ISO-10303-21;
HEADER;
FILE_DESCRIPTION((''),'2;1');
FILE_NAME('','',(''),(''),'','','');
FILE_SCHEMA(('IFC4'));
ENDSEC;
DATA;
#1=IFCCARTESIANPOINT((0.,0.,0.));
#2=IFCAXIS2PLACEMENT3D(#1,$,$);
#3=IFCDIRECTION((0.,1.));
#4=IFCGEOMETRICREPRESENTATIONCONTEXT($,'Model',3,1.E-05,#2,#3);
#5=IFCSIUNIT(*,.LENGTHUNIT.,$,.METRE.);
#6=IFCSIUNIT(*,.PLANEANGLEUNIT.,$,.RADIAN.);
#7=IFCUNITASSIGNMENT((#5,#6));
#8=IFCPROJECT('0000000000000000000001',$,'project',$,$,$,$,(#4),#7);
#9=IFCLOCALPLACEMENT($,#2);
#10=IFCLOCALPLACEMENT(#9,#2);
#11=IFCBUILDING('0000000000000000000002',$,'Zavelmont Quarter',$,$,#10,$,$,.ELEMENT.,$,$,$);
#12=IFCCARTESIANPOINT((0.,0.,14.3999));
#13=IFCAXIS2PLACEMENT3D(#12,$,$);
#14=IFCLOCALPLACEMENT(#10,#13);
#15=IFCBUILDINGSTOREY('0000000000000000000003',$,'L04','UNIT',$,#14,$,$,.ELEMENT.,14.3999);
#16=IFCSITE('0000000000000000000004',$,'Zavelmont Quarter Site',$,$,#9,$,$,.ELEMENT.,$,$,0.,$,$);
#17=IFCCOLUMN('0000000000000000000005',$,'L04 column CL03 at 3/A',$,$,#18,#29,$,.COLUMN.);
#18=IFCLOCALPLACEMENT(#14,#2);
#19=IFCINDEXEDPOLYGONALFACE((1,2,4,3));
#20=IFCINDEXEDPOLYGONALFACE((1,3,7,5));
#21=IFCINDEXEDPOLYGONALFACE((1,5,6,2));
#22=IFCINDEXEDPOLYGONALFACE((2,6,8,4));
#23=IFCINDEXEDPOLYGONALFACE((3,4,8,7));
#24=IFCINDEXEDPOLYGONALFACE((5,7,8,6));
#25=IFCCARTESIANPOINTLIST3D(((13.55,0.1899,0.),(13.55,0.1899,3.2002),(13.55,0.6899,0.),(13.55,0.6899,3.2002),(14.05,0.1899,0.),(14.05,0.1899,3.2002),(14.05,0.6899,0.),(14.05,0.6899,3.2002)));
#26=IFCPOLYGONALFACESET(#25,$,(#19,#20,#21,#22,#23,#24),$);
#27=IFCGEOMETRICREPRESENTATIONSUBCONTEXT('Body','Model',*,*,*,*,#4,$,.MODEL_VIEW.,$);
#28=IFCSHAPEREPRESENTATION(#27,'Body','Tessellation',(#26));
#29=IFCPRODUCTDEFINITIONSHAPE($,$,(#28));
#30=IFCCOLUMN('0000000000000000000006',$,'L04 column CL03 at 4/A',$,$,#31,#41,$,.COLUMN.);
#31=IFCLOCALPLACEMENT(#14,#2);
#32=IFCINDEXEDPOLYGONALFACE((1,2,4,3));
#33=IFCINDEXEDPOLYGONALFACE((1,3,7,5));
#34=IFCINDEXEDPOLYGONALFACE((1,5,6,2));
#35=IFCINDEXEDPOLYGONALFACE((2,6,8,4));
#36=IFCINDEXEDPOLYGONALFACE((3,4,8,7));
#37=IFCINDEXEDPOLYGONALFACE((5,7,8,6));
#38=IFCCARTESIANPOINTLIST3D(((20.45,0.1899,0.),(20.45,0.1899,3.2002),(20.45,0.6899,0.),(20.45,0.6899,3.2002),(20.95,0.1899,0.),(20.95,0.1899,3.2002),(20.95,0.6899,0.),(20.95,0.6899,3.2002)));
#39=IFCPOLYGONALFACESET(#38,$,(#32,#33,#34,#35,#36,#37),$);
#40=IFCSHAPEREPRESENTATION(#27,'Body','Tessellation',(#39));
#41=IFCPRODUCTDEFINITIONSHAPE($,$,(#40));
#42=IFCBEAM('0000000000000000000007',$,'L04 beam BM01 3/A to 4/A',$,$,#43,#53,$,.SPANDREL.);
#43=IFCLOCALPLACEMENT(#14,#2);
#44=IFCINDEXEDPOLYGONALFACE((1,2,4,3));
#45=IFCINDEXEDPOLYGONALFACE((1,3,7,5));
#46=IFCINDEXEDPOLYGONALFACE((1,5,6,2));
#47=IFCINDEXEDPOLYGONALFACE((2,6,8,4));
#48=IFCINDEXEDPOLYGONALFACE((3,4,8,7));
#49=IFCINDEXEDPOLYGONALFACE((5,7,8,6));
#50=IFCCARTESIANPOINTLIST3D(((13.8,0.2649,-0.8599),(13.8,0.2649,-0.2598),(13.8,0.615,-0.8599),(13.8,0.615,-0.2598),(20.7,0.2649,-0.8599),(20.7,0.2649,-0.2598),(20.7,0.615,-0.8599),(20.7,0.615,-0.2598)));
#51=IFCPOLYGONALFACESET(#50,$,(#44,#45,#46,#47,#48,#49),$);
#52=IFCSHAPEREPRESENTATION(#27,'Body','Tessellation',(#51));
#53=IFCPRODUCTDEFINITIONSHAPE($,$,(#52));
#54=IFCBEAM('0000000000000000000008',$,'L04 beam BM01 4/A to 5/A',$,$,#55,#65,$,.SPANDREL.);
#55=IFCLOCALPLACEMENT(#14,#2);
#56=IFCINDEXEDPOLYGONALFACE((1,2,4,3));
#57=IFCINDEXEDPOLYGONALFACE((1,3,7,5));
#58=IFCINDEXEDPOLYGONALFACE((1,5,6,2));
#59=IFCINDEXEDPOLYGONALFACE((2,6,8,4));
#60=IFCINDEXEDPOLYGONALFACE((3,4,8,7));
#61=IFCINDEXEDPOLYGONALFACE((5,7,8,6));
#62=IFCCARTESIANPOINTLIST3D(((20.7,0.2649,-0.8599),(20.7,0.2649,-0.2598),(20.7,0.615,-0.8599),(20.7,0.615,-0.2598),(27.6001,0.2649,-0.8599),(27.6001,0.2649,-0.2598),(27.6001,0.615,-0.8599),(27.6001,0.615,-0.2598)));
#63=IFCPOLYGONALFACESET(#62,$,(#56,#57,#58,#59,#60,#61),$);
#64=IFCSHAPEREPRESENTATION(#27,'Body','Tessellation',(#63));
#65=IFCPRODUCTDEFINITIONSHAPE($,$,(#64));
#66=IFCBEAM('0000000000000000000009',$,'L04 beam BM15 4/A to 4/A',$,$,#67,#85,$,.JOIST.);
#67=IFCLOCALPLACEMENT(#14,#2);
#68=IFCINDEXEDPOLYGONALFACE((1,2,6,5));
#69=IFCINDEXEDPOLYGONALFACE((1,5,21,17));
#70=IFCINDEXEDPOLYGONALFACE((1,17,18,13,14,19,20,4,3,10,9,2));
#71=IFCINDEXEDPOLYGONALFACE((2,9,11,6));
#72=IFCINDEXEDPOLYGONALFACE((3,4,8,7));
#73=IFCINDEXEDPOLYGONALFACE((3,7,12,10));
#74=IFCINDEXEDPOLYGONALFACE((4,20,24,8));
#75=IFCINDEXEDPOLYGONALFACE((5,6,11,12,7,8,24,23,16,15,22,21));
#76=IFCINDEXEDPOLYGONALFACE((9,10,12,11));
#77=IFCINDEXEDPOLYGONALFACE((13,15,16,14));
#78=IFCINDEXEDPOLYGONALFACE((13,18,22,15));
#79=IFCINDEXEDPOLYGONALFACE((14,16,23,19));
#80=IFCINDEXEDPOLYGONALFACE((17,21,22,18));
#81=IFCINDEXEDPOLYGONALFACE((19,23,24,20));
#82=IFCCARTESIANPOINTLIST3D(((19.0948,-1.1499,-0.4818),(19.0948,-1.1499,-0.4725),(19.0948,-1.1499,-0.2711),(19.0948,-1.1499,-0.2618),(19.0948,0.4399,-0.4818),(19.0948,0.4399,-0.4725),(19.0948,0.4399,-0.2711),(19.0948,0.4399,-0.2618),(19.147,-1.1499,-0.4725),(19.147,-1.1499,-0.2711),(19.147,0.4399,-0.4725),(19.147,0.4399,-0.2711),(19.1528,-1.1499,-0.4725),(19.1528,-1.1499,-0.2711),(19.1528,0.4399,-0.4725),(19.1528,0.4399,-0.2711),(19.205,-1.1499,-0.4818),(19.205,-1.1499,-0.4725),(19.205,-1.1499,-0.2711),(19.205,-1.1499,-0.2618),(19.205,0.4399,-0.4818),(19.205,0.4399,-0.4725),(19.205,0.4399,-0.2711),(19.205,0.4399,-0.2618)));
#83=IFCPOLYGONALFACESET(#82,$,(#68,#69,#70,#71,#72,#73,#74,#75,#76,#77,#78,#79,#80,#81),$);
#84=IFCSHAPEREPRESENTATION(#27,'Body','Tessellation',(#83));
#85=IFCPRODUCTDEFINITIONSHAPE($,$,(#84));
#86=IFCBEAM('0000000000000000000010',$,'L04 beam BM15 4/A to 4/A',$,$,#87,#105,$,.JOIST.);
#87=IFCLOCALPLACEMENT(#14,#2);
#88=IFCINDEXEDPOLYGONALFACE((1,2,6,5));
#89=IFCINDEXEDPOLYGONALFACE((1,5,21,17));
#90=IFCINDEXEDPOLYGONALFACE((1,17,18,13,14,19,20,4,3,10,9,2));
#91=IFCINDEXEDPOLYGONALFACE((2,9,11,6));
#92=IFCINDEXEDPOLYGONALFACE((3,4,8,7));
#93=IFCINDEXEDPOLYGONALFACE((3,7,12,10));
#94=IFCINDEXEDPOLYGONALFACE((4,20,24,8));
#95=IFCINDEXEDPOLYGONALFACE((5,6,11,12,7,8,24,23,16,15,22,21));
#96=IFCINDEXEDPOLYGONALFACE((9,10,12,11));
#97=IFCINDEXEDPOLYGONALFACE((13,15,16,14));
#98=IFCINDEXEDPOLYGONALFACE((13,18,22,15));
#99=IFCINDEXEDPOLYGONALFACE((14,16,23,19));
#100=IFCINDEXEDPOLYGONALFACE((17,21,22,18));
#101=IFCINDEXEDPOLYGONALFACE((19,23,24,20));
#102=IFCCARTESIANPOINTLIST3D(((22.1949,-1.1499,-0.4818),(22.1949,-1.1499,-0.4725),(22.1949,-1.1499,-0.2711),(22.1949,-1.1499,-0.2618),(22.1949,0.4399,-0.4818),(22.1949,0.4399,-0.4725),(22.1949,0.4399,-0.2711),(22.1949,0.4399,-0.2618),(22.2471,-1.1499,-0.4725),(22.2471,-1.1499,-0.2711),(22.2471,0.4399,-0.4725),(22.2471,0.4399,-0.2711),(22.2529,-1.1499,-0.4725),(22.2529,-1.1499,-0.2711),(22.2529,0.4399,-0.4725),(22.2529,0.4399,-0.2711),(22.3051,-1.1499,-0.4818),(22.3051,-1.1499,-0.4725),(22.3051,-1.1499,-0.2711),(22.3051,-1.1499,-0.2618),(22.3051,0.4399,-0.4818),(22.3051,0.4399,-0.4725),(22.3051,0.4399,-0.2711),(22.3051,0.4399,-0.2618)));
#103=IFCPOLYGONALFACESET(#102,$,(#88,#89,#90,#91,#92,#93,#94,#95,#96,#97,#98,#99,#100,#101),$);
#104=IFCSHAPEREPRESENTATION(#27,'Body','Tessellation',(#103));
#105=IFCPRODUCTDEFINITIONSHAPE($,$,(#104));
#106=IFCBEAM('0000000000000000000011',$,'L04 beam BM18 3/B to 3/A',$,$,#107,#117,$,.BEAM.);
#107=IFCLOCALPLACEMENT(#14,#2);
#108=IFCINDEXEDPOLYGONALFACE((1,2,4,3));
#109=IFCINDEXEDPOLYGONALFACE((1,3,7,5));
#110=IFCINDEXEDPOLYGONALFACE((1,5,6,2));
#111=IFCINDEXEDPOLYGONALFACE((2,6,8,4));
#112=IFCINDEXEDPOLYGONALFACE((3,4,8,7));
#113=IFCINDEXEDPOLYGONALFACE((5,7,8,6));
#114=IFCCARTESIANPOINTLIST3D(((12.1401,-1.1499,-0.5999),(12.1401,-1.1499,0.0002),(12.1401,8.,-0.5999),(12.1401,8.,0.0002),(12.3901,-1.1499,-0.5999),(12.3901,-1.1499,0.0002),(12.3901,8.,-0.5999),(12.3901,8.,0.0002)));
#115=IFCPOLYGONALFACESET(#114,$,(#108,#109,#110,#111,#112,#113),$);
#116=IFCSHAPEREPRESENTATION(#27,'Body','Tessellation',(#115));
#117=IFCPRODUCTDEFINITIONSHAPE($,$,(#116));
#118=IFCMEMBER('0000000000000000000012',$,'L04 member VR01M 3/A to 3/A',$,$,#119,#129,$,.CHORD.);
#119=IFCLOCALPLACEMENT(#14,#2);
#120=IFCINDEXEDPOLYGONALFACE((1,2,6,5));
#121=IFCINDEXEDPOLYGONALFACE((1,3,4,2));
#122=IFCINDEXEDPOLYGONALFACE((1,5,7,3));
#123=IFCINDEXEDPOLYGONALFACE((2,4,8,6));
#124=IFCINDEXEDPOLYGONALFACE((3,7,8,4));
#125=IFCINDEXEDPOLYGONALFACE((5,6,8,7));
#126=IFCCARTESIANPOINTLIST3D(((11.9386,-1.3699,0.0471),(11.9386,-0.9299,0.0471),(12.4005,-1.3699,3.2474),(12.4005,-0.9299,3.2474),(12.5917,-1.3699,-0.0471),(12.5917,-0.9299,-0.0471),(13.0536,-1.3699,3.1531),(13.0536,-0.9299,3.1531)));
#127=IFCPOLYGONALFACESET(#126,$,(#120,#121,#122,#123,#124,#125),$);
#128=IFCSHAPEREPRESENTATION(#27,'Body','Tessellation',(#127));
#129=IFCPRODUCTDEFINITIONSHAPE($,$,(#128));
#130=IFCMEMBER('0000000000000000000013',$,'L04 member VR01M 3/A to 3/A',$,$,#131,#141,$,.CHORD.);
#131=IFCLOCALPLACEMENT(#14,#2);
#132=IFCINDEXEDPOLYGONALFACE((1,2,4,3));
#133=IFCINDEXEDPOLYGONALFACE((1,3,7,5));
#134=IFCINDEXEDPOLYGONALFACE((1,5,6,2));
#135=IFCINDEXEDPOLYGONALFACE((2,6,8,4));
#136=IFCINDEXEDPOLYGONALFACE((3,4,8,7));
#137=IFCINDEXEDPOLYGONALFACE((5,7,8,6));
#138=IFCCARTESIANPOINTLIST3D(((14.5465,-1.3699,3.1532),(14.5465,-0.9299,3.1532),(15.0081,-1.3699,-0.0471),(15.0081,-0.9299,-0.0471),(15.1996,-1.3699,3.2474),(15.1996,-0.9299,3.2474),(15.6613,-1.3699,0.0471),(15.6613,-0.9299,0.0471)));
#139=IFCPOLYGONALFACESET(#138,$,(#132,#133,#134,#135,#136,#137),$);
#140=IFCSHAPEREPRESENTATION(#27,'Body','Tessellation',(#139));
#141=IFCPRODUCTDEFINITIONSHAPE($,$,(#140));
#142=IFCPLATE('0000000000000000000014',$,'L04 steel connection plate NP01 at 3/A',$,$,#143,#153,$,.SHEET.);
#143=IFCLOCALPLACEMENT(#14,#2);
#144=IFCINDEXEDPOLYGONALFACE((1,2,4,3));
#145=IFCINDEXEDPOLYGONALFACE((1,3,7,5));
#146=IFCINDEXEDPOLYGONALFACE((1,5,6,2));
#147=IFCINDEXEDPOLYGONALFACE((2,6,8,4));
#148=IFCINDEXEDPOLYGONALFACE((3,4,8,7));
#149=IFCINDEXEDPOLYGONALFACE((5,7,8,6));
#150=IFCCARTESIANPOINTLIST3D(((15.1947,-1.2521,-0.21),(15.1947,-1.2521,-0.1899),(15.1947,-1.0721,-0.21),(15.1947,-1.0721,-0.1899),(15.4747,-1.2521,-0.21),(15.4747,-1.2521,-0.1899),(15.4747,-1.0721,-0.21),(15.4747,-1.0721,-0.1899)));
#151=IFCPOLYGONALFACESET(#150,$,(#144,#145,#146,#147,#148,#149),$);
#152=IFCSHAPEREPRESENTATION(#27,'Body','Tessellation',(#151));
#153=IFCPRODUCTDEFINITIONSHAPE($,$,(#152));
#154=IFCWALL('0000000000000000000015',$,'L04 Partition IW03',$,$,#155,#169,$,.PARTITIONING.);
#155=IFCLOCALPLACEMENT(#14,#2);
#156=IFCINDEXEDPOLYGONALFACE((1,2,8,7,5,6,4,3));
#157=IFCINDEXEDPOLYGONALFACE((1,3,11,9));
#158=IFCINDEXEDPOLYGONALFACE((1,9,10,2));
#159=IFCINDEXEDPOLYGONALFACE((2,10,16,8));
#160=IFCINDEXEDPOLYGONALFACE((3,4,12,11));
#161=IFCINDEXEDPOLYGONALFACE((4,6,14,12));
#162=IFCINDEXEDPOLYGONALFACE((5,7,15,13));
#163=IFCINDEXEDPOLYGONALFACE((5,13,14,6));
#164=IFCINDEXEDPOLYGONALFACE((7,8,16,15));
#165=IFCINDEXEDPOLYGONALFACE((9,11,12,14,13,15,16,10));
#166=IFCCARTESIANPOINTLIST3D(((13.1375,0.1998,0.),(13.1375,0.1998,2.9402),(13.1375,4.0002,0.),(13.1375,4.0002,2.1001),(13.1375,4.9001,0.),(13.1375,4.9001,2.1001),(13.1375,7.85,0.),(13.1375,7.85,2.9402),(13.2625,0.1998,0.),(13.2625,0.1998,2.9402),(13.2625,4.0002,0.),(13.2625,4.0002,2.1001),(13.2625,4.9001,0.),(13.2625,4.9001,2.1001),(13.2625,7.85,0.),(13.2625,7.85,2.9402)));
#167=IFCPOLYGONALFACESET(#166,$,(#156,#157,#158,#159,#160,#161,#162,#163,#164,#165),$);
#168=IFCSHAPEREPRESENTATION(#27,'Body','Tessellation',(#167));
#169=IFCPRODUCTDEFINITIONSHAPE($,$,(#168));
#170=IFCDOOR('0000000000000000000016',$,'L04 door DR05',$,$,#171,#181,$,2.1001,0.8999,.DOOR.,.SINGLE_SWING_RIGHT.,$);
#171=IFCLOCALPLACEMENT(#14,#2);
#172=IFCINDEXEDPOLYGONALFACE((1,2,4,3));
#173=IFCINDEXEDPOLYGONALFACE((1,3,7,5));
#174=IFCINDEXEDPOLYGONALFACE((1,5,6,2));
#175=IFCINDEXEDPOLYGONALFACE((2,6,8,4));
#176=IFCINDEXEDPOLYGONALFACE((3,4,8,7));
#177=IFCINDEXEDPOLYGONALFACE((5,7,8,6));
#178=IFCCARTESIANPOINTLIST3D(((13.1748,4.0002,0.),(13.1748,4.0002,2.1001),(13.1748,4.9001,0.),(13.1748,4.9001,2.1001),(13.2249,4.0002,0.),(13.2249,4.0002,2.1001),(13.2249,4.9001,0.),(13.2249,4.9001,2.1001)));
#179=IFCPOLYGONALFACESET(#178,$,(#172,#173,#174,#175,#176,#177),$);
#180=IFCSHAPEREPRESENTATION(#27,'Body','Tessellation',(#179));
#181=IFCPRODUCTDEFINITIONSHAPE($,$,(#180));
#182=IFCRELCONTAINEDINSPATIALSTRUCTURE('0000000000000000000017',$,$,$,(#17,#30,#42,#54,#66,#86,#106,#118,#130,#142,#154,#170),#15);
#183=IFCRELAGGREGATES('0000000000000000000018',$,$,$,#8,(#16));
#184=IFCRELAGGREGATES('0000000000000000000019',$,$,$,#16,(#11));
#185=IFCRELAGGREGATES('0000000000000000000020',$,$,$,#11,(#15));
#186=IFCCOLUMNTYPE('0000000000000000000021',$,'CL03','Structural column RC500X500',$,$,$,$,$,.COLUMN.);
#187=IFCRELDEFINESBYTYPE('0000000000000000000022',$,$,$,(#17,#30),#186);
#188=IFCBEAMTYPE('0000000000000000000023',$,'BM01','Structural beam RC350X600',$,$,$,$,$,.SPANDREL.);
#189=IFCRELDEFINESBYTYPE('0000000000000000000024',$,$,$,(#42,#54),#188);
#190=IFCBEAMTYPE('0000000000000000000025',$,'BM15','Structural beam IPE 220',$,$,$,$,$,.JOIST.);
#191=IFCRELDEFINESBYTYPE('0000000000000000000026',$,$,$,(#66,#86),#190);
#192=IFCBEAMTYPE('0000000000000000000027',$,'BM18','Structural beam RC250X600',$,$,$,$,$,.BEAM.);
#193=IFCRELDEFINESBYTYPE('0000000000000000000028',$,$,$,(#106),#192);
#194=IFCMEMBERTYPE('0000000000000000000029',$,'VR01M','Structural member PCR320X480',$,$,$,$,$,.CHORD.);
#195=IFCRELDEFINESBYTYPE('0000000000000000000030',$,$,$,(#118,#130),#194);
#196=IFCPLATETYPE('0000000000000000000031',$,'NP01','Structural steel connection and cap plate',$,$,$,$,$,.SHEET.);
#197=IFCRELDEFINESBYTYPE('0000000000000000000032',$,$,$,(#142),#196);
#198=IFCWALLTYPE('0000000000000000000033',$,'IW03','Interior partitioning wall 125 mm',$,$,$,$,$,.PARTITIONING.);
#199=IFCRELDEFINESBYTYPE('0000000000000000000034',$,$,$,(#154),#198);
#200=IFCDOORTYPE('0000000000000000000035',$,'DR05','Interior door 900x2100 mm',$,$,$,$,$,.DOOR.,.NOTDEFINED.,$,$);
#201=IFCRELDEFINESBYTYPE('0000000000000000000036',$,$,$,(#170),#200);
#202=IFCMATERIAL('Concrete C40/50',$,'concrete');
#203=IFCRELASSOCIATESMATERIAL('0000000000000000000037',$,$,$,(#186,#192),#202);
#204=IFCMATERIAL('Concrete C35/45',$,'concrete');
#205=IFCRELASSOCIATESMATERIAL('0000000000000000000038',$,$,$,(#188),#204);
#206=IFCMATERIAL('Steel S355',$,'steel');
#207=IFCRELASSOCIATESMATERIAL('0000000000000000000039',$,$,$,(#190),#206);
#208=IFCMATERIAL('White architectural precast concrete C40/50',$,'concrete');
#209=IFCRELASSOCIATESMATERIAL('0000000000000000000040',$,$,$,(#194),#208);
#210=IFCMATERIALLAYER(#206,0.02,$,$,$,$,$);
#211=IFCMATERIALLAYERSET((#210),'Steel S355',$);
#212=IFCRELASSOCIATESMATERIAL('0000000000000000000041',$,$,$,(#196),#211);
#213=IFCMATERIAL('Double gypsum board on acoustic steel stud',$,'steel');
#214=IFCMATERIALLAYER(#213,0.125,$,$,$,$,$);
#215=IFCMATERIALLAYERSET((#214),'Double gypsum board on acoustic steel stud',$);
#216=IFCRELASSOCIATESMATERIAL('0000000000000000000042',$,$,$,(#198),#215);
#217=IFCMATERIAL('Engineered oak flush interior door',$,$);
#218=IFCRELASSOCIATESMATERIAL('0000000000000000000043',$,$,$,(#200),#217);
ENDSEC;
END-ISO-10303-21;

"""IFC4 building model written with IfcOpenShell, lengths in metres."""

from ifc_helpers import new_model, si_unit, direction, frame, frame_2d, origin, origin_with_axes, origin_2d, place, context, subcontext, project, spatial, rectangle, i_section, extrude, material, layer, layer_set, material_profile, profile_set, type_object, element, fill, save


model = new_model("IFC4")

# Units and contexts
model_context = context("Model", 3, precision=1e-05, world=origin(), true_north=direction((0.0, 1.0)))
body_context = subcontext(model_context, "Body", "Model", "MODEL_VIEW")
ifc_project = project(units=[si_unit("LENGTHUNIT", "METRE"), si_unit("PLANEANGLEUNIT", "RADIAN")], contexts=[model_context])

# Site, building, storey
site_placement = place(None, origin())
site = spatial("IfcSite", under=ifc_project, at=site_placement, Name="Zavelmont Quarter Site", CompositionType="ELEMENT", RefElevation=0.0)
building_placement = place(site_placement, origin())
building = spatial("IfcBuilding", under=site, at=building_placement, Name="Zavelmont Quarter", CompositionType="ELEMENT")
storey_placement = place(building_placement, frame((0.0, 0.0, 14.3999)))
storey = spatial("IfcBuildingStorey", under=building, at=storey_placement, Name="L04", Description="UNIT", CompositionType="ELEMENT", Elevation=14.3999)

# Columns
ifc_material_1 = material(Name="Concrete C40/50", Category="concrete")
ifc_material_profile_1 = material_profile(ifc_material_1, rectangle(XDim=0.5, YDim=0.5, at=origin_2d()), Name="RC500X500")
ifc_profile_set_1 = profile_set([ifc_material_profile_1], Name="Concrete C40/50")
column_type = type_object("IfcColumnType", Name="CL03", Description="Structural column RC500X500", PredefinedType="COLUMN", material=ifc_profile_set_1)
for number, where, z_axis, x_axis, name in (
    (1, (13.8, 0.4399, 0.0), (0.0, 0.0, 1.0), (1.0, 0.0, 0.0), "L04 column CL03 at 3/A"),
    (2, (20.7, 0.4399, 0.0), (0.0, 0.0, 1.0), (1.0, 0.0, 0.0), "L04 column CL03 at 4/A"),
):
    element("IfcColumn", number, at=place(storey_placement, frame(where, z_axis=z_axis, x_axis=x_axis)), inside=storey, type_object=column_type, Name=name, PredefinedType="COLUMN", context=body_context, shape_type="SweptSolid", body=[
        extrude(rectangle(XDim=0.5, YDim=0.5, at=origin_2d()), origin(), (0.0, 0.0, 1.0), 3.2002),
    ])

# Beams
ifc_material_2 = material(Name="Concrete C35/45", Category="concrete")
ifc_material_profile_2 = material_profile(ifc_material_2, rectangle(XDim=0.3501, YDim=0.6001, at=origin_2d()), Name="RC350X600")
ifc_profile_set_2 = profile_set([ifc_material_profile_2], Name="Concrete C35/45")
beam_type_1 = type_object("IfcBeamType", Name="BM01", Description="Structural beam RC350X600", PredefinedType="SPANDREL", material=ifc_profile_set_2)
beam_1_placement = place(storey_placement, frame((13.8, 0.4399, -0.5598), z_axis=(1.0, 0.0, 0.0), x_axis=(0.0, 1.0, 0.0)))
element("IfcBeam", 3, at=beam_1_placement, inside=storey, type_object=beam_type_1, Name="L04 beam BM01 3/A to 4/A", PredefinedType="SPANDREL", context=body_context, shape_type="SweptSolid", body=[
    extrude(rectangle(XDim=0.3501, YDim=0.6001, at=origin_2d()), origin(), (0.0, 0.0, 1.0), 6.8999),
])
beam_2_placement = place(storey_placement, frame((20.7, 0.4399, -0.5598), z_axis=(1.0, 0.0, 0.0), x_axis=(0.0, 1.0, 0.0)))
element("IfcBeam", 4, at=beam_2_placement, inside=storey, type_object=beam_type_1, Name="L04 beam BM01 4/A to 5/A", PredefinedType="SPANDREL", context=body_context, shape_type="SweptSolid", body=[
    extrude(rectangle(XDim=0.3501, YDim=0.6001, at=origin_2d()), origin(), (0.0, 0.0, 1.0), 6.9001),
])
ifc_material_3 = material(Name="Steel S355", Category="steel")
ifc_material_profile_3 = material_profile(ifc_material_3, i_section(OverallWidth=0.1101, OverallDepth=0.22, WebThickness=0.0059, FlangeThickness=0.0093, at=origin_2d()), Name="IPE 220")
ifc_profile_set_3 = profile_set([ifc_material_profile_3], Name="Steel S355")
beam_type_2 = type_object("IfcBeamType", Name="BM15", Description="Structural beam IPE 220", PredefinedType="JOIST", material=ifc_profile_set_3)
for number, where, z_axis, x_axis, name in (
    (5, (19.1499, 0.4399, -0.3718), (0.0, -1.0, 0.0), (1.0, 0.0, 0.0), "L04 beam BM15 4/A to 4/A"),
    (6, (22.25, 0.4399, -0.3718), (0.0, -1.0, 0.0), (1.0, 0.0, 0.0), "L04 beam BM15 4/A to 4/A"),
):
    element("IfcBeam", number, at=place(storey_placement, frame(where, z_axis=z_axis, x_axis=x_axis)), inside=storey, type_object=beam_type_2, Name=name, PredefinedType="JOIST", context=body_context, shape_type="SweptSolid", body=[
        extrude(i_section(OverallWidth=0.1101, OverallDepth=0.22, WebThickness=0.0059, FlangeThickness=0.0093, at=origin_2d()), origin(), (0.0, 0.0, 1.0), 1.5898),
    ])
ifc_material_profile_4 = material_profile(ifc_material_1, rectangle(XDim=0.25, YDim=0.6001, at=origin_2d()), Name="RC250X600")
ifc_profile_set_4 = profile_set([ifc_material_profile_4], Name="Concrete C40/50")
beam_type_3 = type_object("IfcBeamType", Name="BM18", Description="Structural beam RC250X600", PredefinedType="BEAM", material=ifc_profile_set_4)
beam_3_placement = place(storey_placement, frame((12.2651, 8.0, -0.2998), z_axis=(0.0, -1.0, 0.0), x_axis=(1.0, 0.0, 0.0)))
element("IfcBeam", 7, at=beam_3_placement, inside=storey, type_object=beam_type_3, Name="L04 beam BM18 3/B to 3/A", PredefinedType="BEAM", context=body_context, shape_type="SweptSolid", body=[
    extrude(rectangle(XDim=0.25, YDim=0.6001, at=origin_2d()), origin(), (0.0, 0.0, 1.0), 9.1499),
])

# Members
ifc_material_4 = material(Name="White architectural precast concrete C40/50", Category="concrete")
ifc_material_profile_5 = material_profile(ifc_material_4, rectangle(XDim=0.4399, YDim=0.6599, at=origin_2d()), Name="PCR320X480")
ifc_profile_set_5 = profile_set([ifc_material_profile_5], Name="White architectural precast concrete C40/50")
member_type = type_object("IfcMemberType", Name="VR01M", Description="Structural member PCR320X480", PredefinedType="CHORD", material=ifc_profile_set_5)
for number, where, z_axis, x_axis, name in (
    (8, (12.2651, -1.1499, 0.0), (0.142859, 0.0, 0.989743), (0.0, 1.0, 0.0), "L04 member VR01M 3/A to 3/A"),
    (9, (15.3347, -1.1499, 0.0), (-0.142785, 0.0, 0.989754), (0.0, -1.0, 0.0), "L04 member VR01M 3/A to 3/A"),
):
    element("IfcMember", number, at=place(storey_placement, frame(where, z_axis=z_axis, x_axis=x_axis)), inside=storey, type_object=member_type, Name=name, PredefinedType="CHORD", context=body_context, shape_type="SweptSolid", body=[
        extrude(rectangle(XDim=0.4399, YDim=0.6599, at=origin_2d()), origin(), (0.0, 0.0, 1.0), 3.2334),
    ])

# Plate
ifc_layer_1 = layer(ifc_material_3, 0.02)
ifc_layer_set_1 = layer_set([ifc_layer_1], Name="Steel S355")
plate_type = type_object("IfcPlateType", Name="NP01", Description="Structural steel connection and cap plate", PredefinedType="SHEET", material=ifc_layer_set_1)
plate_placement = place(storey_placement, frame((15.3347, -1.1621, -0.21), z_axis=(0.0, 0.0, 1.0), x_axis=(1.0, 0.0, 0.0)))
element("IfcPlate", 10, at=plate_placement, inside=storey, type_object=plate_type, Name="L04 steel connection plate NP01 at 3/A", PredefinedType="SHEET", context=body_context, shape_type="SweptSolid", body=[
    extrude(rectangle(XDim=0.28, YDim=0.1799, at=origin_2d()), origin(), (0.0, 0.0, 1.0), 0.02),
])

# Wall, opening, door
ifc_material_5 = material(Name="Double gypsum board on acoustic steel stud", Category="steel")
ifc_layer_2 = layer(ifc_material_5, 0.125)
ifc_layer_set_2 = layer_set([ifc_layer_2], Name="Double gypsum board on acoustic steel stud")
wall_type_1 = type_object("IfcWallType", Name="IW03", Description="Interior partitioning wall 125 mm", PredefinedType="PARTITIONING", material=ifc_layer_set_2)
wall_1_placement = place(storey_placement, frame((13.2, 7.8501, 0.0), z_axis=(0.0, 0.0, 1.0), x_axis=(0.0, -1.0, 0.0)))
wall_1 = element("IfcWall", 11, at=wall_1_placement, inside=storey, type_object=wall_type_1, Name="L04 Partition IW03", PredefinedType="PARTITIONING", context=body_context, shape_type="SweptSolid", body=[
    extrude(rectangle(XDim=7.6501, YDim=0.125, at=frame_2d((3.8252, 0.0))), origin(), (0.0, 0.0, 1.0), 2.9402),
])
opening_1_placement = place(wall_1_placement, frame((2.95, 0.0, 0.0)))
opening_1 = element("IfcOpeningElement", 12, at=opening_1_placement, cuts=wall_1, PredefinedType="OPENING", context=body_context, shape_type="SweptSolid", body=[
    extrude(rectangle(XDim=0.8999, YDim=2.1001, at=frame_2d((0.45, 1.05))), frame((0.0, 0.0745, 0.0), z_axis=(0.0, -1.0, 0.0), x_axis=(1.0, 0.0, 0.0)), (0.0, 0.0, 1.0), 0.1489),
])
ifc_material_6 = material(Name="Engineered oak flush interior door")
door_type_1 = type_object("IfcDoorType", Name="DR05", Description="Interior door 900x2100 mm", OperationType="NOTDEFINED", PredefinedType="DOOR", material=ifc_material_6)
door_1_placement = place(opening_1_placement, origin_with_axes())
door_1 = element("IfcDoor", 13, at=door_1_placement, inside=storey, type_object=door_type_1, Name="L04 door DR05", OperationType="SINGLE_SWING_RIGHT", OverallHeight=2.1001, OverallWidth=0.8999, PredefinedType="DOOR", context=body_context, shape_type="SweptSolid", body=[
    extrude(rectangle(XDim=0.8999, YDim=2.1001, at=frame_2d((0.45, 1.05))), frame((0.0, 0.0249, 0.0), z_axis=(0.0, -1.0, 0.0), x_axis=(1.0, 0.0, 0.0)), (0.0, 0.0, 1.0), 0.05),
])
fill(opening_1, door_1)

save(model, "model.ifc")
